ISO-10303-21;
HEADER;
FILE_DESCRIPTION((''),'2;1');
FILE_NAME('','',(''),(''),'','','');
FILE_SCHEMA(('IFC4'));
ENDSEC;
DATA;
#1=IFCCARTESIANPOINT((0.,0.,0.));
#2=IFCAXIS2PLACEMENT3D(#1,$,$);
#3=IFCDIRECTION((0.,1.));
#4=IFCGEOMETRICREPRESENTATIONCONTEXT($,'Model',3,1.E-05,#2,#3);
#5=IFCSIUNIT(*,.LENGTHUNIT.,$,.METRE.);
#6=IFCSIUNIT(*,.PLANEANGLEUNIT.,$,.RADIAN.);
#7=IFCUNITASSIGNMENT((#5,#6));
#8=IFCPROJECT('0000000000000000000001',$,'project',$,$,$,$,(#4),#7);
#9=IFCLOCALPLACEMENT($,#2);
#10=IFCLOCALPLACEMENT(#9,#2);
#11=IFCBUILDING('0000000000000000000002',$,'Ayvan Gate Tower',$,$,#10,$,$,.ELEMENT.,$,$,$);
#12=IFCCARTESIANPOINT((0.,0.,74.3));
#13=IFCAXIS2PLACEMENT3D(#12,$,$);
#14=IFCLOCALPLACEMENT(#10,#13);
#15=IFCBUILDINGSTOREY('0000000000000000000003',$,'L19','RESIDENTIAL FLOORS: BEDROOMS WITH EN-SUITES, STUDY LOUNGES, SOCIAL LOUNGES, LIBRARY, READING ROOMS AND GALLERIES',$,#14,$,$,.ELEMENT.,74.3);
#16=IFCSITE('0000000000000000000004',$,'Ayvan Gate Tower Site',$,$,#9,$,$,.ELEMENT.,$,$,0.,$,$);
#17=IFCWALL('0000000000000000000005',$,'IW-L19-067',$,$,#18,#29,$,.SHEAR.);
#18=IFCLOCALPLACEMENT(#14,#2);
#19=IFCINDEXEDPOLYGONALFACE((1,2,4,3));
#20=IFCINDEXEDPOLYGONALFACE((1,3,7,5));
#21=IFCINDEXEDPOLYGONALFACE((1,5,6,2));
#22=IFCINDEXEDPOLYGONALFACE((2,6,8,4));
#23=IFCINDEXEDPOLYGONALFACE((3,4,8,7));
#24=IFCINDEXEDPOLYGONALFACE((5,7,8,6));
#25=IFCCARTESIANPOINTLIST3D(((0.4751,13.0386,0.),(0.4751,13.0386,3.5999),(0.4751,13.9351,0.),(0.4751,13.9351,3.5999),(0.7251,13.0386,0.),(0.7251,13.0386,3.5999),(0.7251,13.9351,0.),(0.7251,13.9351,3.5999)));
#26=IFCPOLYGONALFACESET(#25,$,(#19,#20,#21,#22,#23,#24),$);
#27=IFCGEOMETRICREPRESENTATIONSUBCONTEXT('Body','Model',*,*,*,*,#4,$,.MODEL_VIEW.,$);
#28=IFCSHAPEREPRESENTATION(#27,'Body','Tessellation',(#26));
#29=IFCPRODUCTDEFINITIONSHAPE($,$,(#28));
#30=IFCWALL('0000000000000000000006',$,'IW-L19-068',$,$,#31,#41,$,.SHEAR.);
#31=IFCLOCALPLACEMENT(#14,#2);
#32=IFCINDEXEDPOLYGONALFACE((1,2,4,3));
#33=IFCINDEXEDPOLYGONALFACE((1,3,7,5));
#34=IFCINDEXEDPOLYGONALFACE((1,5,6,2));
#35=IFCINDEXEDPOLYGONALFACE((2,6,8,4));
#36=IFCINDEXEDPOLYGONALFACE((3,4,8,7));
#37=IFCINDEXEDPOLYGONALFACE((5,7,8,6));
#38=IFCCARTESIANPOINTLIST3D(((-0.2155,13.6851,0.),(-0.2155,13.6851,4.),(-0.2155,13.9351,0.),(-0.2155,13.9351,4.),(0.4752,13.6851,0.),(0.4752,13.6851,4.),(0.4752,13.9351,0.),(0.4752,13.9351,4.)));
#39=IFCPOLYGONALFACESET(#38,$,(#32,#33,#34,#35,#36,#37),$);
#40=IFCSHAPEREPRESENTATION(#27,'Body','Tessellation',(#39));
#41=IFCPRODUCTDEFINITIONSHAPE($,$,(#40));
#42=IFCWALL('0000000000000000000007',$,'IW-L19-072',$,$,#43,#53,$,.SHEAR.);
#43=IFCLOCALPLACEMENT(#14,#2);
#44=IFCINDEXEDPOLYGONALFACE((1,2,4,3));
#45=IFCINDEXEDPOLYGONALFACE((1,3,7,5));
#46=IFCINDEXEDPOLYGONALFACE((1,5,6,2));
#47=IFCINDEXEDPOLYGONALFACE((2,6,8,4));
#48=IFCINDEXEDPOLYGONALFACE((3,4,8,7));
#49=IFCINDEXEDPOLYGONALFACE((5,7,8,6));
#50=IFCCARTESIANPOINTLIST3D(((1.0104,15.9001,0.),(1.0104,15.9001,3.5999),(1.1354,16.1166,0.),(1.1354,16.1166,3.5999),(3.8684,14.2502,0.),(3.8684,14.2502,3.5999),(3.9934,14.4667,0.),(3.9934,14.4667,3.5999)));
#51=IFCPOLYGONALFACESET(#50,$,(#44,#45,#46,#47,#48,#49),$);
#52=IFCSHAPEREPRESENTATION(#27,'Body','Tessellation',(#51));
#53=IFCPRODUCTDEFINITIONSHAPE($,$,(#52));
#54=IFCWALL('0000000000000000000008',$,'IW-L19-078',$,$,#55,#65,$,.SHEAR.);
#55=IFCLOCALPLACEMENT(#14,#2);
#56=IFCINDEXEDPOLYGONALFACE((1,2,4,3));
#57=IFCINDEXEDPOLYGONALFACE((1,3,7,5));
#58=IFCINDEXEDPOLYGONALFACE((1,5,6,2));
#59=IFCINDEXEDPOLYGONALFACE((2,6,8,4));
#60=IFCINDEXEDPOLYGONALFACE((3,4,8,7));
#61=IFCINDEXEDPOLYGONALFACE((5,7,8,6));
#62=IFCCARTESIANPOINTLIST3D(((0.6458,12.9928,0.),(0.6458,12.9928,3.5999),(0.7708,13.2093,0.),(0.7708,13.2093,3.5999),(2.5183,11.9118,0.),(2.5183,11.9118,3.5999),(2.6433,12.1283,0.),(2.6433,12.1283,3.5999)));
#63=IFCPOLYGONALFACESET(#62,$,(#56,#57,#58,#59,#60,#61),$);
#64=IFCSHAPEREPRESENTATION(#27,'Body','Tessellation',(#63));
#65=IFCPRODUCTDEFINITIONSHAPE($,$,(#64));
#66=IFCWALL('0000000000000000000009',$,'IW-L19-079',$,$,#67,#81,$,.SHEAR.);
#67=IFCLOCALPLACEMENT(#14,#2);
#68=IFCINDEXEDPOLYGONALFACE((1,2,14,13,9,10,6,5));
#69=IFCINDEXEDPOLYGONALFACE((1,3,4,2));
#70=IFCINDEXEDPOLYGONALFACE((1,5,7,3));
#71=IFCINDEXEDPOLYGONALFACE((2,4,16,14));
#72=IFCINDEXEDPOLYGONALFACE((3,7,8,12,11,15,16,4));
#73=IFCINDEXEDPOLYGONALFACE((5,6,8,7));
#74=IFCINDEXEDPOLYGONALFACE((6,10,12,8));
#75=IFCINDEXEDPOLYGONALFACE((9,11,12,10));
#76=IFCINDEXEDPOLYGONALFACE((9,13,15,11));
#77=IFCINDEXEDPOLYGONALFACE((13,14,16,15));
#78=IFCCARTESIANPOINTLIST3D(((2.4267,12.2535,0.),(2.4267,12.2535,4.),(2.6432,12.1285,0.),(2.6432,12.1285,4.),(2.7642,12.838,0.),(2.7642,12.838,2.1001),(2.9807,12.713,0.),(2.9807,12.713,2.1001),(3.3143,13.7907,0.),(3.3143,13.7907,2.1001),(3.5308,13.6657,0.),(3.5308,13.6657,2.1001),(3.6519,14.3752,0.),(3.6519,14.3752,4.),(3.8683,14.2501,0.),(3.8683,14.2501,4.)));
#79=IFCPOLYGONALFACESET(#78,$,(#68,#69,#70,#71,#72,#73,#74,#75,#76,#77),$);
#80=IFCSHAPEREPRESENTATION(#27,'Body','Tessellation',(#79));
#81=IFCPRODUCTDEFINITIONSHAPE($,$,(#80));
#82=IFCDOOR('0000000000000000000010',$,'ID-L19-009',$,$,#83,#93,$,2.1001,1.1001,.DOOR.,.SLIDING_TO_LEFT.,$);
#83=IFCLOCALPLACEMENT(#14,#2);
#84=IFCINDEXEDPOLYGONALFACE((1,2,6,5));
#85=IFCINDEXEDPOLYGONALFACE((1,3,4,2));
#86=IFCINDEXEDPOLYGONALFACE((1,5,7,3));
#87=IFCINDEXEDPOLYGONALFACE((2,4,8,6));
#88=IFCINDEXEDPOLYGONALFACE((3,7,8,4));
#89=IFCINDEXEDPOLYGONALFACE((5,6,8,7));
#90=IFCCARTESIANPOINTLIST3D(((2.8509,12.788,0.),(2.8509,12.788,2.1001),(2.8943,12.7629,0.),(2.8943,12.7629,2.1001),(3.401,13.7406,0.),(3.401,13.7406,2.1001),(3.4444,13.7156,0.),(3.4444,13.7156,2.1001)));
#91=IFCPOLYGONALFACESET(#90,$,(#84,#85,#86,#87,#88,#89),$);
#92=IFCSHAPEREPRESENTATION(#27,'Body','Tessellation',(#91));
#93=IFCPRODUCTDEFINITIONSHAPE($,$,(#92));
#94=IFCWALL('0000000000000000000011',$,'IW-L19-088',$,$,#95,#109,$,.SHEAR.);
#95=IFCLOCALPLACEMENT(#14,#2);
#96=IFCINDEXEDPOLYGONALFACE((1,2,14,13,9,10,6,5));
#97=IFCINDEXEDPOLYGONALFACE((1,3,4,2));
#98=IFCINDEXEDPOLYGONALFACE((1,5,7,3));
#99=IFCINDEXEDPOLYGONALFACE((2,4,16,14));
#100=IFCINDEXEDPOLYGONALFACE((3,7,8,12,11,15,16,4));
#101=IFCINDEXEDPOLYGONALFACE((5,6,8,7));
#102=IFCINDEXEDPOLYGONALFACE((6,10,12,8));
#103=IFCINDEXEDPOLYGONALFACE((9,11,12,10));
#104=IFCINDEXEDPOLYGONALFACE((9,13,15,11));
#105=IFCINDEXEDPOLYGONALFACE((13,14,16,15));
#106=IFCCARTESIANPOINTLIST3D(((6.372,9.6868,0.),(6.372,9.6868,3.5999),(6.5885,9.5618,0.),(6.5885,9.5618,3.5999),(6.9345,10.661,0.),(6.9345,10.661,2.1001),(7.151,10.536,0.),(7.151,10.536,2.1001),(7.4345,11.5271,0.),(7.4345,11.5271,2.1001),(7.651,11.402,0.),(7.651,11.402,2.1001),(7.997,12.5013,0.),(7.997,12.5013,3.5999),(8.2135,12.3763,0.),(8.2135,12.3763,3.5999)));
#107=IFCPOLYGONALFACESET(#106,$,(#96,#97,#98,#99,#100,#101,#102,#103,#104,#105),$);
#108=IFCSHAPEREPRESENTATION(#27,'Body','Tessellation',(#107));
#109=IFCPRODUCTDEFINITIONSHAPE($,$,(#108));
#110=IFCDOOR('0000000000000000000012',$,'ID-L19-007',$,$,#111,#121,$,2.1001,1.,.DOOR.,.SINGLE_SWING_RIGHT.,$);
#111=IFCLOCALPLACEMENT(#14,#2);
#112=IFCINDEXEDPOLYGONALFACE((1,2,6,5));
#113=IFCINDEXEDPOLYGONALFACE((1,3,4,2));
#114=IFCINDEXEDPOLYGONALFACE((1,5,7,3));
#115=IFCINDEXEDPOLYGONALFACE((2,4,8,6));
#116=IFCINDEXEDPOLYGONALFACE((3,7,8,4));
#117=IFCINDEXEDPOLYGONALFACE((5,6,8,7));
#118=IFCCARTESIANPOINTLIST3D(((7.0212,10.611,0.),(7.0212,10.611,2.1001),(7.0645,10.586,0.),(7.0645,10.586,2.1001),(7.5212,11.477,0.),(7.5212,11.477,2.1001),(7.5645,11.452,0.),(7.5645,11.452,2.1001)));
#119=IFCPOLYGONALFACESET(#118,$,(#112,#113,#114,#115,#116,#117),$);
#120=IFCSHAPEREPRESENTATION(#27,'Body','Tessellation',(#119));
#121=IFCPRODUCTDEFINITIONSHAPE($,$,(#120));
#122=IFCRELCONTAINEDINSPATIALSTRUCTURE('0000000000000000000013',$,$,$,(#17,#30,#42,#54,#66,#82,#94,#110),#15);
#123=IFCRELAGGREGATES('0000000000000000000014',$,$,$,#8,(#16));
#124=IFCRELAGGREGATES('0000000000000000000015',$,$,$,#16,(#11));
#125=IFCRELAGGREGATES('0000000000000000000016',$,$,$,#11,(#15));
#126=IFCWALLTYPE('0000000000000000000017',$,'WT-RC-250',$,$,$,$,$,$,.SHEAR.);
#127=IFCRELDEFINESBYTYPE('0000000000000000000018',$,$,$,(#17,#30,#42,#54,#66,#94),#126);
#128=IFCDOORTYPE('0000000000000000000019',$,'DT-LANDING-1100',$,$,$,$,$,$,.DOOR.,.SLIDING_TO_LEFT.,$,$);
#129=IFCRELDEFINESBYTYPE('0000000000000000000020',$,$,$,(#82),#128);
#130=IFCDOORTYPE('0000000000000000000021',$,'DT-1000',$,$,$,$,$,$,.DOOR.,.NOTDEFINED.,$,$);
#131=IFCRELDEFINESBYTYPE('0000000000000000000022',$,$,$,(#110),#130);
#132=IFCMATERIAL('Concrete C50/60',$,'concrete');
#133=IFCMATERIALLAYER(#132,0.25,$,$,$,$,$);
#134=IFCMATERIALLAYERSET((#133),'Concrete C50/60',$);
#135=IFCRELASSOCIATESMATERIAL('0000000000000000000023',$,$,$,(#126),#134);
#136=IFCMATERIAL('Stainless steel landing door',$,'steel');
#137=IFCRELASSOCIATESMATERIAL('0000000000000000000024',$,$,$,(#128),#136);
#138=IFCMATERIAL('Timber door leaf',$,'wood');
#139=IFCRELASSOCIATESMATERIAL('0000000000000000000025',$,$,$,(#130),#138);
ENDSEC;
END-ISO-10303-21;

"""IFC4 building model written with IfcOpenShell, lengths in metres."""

from ifc_helpers import new_model, si_unit, direction, frame, frame_2d, origin, place, context, subcontext, project, spatial, rectangle, extrude, material, layer, layer_set, type_object, element, fill, save


model = new_model("IFC4")

# Units and contexts
model_context = context("Model", 3, precision=1e-05, world=origin(), true_north=direction((0.0, 1.0)))
body_context = subcontext(model_context, "Body", "Model", "MODEL_VIEW")
ifc_project = project(units=[si_unit("LENGTHUNIT", "METRE"), si_unit("PLANEANGLEUNIT", "RADIAN")], contexts=[model_context])

# Site, building, storey
site_placement = place(None, origin())
site = spatial("IfcSite", under=ifc_project, at=site_placement, Name="Ayvan Gate Tower Site", CompositionType="ELEMENT", RefElevation=0.0)
building_placement = place(site_placement, origin())
building = spatial("IfcBuilding", under=site, at=building_placement, Name="Ayvan Gate Tower", CompositionType="ELEMENT")
storey_placement = place(building_placement, frame((0.0, 0.0, 74.3)))
storey = spatial("IfcBuildingStorey", under=building, at=storey_placement, Name="L19", Description="RESIDENTIAL FLOORS: BEDROOMS WITH EN-SUITES, STUDY LOUNGES, SOCIAL LOUNGES, LIBRARY, READING ROOMS AND GALLERIES", CompositionType="ELEMENT", Elevation=74.3)

# Shared definitions
ifc_material_1 = material(Name="Timber door leaf", Category="wood")

# Walls
ifc_material_2 = material(Name="Concrete C50/60", Category="concrete")
ifc_layer_1 = layer(ifc_material_2, 0.25)
ifc_layer_set_1 = layer_set([ifc_layer_1], Name="Concrete C50/60")
wall_type_1 = type_object("IfcWallType", Name="WT-RC-250", PredefinedType="SHEAR", material=ifc_layer_set_1)
wall_1_placement = place(storey_placement, frame((0.6001, 13.0386, 0.0), z_axis=(0.0, 0.0, 1.0), x_axis=(0.0, 1.0, 0.0)))
element("IfcWall", 1, at=wall_1_placement, inside=storey, type_object=wall_type_1, Name="IW-L19-067", PredefinedType="SHEAR", context=body_context, shape_type="SweptSolid", body=[
    extrude(rectangle(XDim=0.8965, YDim=0.25, at=frame_2d((0.4482, 0.0))), origin(), (0.0, 0.0, 1.0), 3.5999),
])
wall_2_placement = place(storey_placement, frame((0.4751, 13.8101, 0.0), z_axis=(0.0, 0.0, 1.0), x_axis=(-1.0, 0.0, 0.0)))
element("IfcWall", 2, at=wall_2_placement, inside=storey, type_object=wall_type_1, Name="IW-L19-068", PredefinedType="SHEAR", context=body_context, shape_type="SweptSolid", body=[
    extrude(rectangle(XDim=0.6907, YDim=0.25, at=frame_2d((0.3452, 0.0))), origin(), (0.0, 0.0, 1.0), 4.0),
])
wall_3_placement = place(storey_placement, frame((1.073, 16.0083, 0.0), z_axis=(0.0, 0.0, 1.0), x_axis=(0.86604, -0.499974, 0.0)))
element("IfcWall", 3, at=wall_3_placement, inside=storey, type_object=wall_type_1, Name="IW-L19-072", PredefinedType="SHEAR", context=body_context, shape_type="SweptSolid", body=[
    extrude(rectangle(XDim=3.3, YDim=0.25, at=frame_2d((1.6499, 0.0))), origin(), (0.0, 0.0, 1.0), 3.5999),
])
wall_4_placement = place(storey_placement, frame((2.5808, 12.02, 0.0), z_axis=(0.0, 0.0, 1.0), x_axis=(-0.866039, 0.499977, 0.0)))
element("IfcWall", 4, at=wall_4_placement, inside=storey, type_object=wall_type_1, Name="IW-L19-078", PredefinedType="SHEAR", context=body_context, shape_type="SweptSolid", body=[
    extrude(rectangle(XDim=2.1621, YDim=0.25, at=frame_2d((1.0811, 0.0))), origin(), (0.0, 0.0, 1.0), 3.5999),
])

# Walls, openings, doors
wall_5_placement = place(storey_placement, frame((2.5349, 12.1909, 0.0), z_axis=(0.0, 0.0, 1.0), x_axis=(0.500062, 0.86599, 0.0)))
wall_5 = element("IfcWall", 5, at=wall_5_placement, inside=storey, type_object=wall_type_1, Name="IW-L19-079", PredefinedType="SHEAR", context=body_context, shape_type="SweptSolid", body=[
    extrude(rectangle(XDim=2.45, YDim=0.25, at=frame_2d((1.2251, 0.0))), origin(), (0.0, 0.0, 1.0), 4.0),
])
opening_1_placement = place(wall_5_placement, frame((0.675, 0.0, 0.0)))
opening_1 = element("IfcOpeningElement", 6, at=opening_1_placement, cuts=wall_5, PredefinedType="OPENING", context=body_context, shape_type="SweptSolid", body=[
    extrude(rectangle(XDim=1.1001, YDim=2.1001, at=frame_2d((0.55, 1.05))), frame((0.0, 0.135, 0.0), z_axis=(0.0, -1.0, 0.0), x_axis=(1.0, 0.0, 0.0)), (0.0, 0.0, 1.0), 0.27),
])
ifc_material_3 = material(Name="Stainless steel landing door", Category="steel")
door_type_1 = type_object("IfcDoorType", Name="DT-LANDING-1100", OperationType="SLIDING_TO_LEFT", PredefinedType="DOOR", material=ifc_material_3)
door_1_placement = place(opening_1_placement, origin())
door_1 = element("IfcDoor", 7, at=door_1_placement, inside=storey, type_object=door_type_1, Name="ID-L19-009", OperationType="SLIDING_TO_LEFT", OverallHeight=2.1001, OverallWidth=1.1001, PredefinedType="DOOR", context=body_context, shape_type="SweptSolid", body=[
    extrude(rectangle(XDim=1.1001, YDim=2.1001, at=frame_2d((0.55, 1.05))), frame((0.0, 0.0249, 0.0), z_axis=(0.0, -1.0, 0.0), x_axis=(1.0, 0.0, 0.0)), (0.0, 0.0, 1.0), 0.05),
])
fill(opening_1, door_1)
wall_6_placement = place(storey_placement, frame((6.4802, 9.6243, 0.0), z_axis=(0.0, 0.0, 1.0), x_axis=(0.500017, 0.866015, 0.0)))
wall_6 = element("IfcWall", 8, at=wall_6_placement, inside=storey, type_object=wall_type_1, Name="IW-L19-088", PredefinedType="SHEAR", context=body_context, shape_type="SweptSolid", body=[
    extrude(rectangle(XDim=3.25, YDim=0.25, at=frame_2d((1.625, 0.0))), origin(), (0.0, 0.0, 1.0), 3.5999),
])
opening_2_placement = place(wall_6_placement, frame((1.125, 0.0, 0.0)))
opening_2 = element("IfcOpeningElement", 9, at=opening_2_placement, cuts=wall_6, PredefinedType="OPENING", context=body_context, shape_type="SweptSolid", body=[
    extrude(rectangle(XDim=1.0, YDim=2.1001, at=frame_2d((0.5, 1.05))), frame((0.0, 0.135, 0.0), z_axis=(0.0, -1.0, 0.0), x_axis=(1.0, 0.0, 0.0)), (0.0, 0.0, 1.0), 0.27),
])
door_type_2 = type_object("IfcDoorType", Name="DT-1000", OperationType="NOTDEFINED", PredefinedType="DOOR", material=ifc_material_1)
door_2_placement = place(opening_2_placement, origin())
door_2 = element("IfcDoor", 10, at=door_2_placement, inside=storey, type_object=door_type_2, Name="ID-L19-007", OperationType="SINGLE_SWING_RIGHT", OverallHeight=2.1001, OverallWidth=1.0, PredefinedType="DOOR", context=body_context, shape_type="SweptSolid", body=[
    extrude(rectangle(XDim=1.0, YDim=2.1001, at=frame_2d((0.5, 1.05))), frame((0.0, 0.0249, 0.0), z_axis=(0.0, -1.0, 0.0), x_axis=(1.0, 0.0, 0.0)), (0.0, 0.0, 1.0), 0.05),
])
fill(opening_2, door_2)

save(model, "model.ifc")
